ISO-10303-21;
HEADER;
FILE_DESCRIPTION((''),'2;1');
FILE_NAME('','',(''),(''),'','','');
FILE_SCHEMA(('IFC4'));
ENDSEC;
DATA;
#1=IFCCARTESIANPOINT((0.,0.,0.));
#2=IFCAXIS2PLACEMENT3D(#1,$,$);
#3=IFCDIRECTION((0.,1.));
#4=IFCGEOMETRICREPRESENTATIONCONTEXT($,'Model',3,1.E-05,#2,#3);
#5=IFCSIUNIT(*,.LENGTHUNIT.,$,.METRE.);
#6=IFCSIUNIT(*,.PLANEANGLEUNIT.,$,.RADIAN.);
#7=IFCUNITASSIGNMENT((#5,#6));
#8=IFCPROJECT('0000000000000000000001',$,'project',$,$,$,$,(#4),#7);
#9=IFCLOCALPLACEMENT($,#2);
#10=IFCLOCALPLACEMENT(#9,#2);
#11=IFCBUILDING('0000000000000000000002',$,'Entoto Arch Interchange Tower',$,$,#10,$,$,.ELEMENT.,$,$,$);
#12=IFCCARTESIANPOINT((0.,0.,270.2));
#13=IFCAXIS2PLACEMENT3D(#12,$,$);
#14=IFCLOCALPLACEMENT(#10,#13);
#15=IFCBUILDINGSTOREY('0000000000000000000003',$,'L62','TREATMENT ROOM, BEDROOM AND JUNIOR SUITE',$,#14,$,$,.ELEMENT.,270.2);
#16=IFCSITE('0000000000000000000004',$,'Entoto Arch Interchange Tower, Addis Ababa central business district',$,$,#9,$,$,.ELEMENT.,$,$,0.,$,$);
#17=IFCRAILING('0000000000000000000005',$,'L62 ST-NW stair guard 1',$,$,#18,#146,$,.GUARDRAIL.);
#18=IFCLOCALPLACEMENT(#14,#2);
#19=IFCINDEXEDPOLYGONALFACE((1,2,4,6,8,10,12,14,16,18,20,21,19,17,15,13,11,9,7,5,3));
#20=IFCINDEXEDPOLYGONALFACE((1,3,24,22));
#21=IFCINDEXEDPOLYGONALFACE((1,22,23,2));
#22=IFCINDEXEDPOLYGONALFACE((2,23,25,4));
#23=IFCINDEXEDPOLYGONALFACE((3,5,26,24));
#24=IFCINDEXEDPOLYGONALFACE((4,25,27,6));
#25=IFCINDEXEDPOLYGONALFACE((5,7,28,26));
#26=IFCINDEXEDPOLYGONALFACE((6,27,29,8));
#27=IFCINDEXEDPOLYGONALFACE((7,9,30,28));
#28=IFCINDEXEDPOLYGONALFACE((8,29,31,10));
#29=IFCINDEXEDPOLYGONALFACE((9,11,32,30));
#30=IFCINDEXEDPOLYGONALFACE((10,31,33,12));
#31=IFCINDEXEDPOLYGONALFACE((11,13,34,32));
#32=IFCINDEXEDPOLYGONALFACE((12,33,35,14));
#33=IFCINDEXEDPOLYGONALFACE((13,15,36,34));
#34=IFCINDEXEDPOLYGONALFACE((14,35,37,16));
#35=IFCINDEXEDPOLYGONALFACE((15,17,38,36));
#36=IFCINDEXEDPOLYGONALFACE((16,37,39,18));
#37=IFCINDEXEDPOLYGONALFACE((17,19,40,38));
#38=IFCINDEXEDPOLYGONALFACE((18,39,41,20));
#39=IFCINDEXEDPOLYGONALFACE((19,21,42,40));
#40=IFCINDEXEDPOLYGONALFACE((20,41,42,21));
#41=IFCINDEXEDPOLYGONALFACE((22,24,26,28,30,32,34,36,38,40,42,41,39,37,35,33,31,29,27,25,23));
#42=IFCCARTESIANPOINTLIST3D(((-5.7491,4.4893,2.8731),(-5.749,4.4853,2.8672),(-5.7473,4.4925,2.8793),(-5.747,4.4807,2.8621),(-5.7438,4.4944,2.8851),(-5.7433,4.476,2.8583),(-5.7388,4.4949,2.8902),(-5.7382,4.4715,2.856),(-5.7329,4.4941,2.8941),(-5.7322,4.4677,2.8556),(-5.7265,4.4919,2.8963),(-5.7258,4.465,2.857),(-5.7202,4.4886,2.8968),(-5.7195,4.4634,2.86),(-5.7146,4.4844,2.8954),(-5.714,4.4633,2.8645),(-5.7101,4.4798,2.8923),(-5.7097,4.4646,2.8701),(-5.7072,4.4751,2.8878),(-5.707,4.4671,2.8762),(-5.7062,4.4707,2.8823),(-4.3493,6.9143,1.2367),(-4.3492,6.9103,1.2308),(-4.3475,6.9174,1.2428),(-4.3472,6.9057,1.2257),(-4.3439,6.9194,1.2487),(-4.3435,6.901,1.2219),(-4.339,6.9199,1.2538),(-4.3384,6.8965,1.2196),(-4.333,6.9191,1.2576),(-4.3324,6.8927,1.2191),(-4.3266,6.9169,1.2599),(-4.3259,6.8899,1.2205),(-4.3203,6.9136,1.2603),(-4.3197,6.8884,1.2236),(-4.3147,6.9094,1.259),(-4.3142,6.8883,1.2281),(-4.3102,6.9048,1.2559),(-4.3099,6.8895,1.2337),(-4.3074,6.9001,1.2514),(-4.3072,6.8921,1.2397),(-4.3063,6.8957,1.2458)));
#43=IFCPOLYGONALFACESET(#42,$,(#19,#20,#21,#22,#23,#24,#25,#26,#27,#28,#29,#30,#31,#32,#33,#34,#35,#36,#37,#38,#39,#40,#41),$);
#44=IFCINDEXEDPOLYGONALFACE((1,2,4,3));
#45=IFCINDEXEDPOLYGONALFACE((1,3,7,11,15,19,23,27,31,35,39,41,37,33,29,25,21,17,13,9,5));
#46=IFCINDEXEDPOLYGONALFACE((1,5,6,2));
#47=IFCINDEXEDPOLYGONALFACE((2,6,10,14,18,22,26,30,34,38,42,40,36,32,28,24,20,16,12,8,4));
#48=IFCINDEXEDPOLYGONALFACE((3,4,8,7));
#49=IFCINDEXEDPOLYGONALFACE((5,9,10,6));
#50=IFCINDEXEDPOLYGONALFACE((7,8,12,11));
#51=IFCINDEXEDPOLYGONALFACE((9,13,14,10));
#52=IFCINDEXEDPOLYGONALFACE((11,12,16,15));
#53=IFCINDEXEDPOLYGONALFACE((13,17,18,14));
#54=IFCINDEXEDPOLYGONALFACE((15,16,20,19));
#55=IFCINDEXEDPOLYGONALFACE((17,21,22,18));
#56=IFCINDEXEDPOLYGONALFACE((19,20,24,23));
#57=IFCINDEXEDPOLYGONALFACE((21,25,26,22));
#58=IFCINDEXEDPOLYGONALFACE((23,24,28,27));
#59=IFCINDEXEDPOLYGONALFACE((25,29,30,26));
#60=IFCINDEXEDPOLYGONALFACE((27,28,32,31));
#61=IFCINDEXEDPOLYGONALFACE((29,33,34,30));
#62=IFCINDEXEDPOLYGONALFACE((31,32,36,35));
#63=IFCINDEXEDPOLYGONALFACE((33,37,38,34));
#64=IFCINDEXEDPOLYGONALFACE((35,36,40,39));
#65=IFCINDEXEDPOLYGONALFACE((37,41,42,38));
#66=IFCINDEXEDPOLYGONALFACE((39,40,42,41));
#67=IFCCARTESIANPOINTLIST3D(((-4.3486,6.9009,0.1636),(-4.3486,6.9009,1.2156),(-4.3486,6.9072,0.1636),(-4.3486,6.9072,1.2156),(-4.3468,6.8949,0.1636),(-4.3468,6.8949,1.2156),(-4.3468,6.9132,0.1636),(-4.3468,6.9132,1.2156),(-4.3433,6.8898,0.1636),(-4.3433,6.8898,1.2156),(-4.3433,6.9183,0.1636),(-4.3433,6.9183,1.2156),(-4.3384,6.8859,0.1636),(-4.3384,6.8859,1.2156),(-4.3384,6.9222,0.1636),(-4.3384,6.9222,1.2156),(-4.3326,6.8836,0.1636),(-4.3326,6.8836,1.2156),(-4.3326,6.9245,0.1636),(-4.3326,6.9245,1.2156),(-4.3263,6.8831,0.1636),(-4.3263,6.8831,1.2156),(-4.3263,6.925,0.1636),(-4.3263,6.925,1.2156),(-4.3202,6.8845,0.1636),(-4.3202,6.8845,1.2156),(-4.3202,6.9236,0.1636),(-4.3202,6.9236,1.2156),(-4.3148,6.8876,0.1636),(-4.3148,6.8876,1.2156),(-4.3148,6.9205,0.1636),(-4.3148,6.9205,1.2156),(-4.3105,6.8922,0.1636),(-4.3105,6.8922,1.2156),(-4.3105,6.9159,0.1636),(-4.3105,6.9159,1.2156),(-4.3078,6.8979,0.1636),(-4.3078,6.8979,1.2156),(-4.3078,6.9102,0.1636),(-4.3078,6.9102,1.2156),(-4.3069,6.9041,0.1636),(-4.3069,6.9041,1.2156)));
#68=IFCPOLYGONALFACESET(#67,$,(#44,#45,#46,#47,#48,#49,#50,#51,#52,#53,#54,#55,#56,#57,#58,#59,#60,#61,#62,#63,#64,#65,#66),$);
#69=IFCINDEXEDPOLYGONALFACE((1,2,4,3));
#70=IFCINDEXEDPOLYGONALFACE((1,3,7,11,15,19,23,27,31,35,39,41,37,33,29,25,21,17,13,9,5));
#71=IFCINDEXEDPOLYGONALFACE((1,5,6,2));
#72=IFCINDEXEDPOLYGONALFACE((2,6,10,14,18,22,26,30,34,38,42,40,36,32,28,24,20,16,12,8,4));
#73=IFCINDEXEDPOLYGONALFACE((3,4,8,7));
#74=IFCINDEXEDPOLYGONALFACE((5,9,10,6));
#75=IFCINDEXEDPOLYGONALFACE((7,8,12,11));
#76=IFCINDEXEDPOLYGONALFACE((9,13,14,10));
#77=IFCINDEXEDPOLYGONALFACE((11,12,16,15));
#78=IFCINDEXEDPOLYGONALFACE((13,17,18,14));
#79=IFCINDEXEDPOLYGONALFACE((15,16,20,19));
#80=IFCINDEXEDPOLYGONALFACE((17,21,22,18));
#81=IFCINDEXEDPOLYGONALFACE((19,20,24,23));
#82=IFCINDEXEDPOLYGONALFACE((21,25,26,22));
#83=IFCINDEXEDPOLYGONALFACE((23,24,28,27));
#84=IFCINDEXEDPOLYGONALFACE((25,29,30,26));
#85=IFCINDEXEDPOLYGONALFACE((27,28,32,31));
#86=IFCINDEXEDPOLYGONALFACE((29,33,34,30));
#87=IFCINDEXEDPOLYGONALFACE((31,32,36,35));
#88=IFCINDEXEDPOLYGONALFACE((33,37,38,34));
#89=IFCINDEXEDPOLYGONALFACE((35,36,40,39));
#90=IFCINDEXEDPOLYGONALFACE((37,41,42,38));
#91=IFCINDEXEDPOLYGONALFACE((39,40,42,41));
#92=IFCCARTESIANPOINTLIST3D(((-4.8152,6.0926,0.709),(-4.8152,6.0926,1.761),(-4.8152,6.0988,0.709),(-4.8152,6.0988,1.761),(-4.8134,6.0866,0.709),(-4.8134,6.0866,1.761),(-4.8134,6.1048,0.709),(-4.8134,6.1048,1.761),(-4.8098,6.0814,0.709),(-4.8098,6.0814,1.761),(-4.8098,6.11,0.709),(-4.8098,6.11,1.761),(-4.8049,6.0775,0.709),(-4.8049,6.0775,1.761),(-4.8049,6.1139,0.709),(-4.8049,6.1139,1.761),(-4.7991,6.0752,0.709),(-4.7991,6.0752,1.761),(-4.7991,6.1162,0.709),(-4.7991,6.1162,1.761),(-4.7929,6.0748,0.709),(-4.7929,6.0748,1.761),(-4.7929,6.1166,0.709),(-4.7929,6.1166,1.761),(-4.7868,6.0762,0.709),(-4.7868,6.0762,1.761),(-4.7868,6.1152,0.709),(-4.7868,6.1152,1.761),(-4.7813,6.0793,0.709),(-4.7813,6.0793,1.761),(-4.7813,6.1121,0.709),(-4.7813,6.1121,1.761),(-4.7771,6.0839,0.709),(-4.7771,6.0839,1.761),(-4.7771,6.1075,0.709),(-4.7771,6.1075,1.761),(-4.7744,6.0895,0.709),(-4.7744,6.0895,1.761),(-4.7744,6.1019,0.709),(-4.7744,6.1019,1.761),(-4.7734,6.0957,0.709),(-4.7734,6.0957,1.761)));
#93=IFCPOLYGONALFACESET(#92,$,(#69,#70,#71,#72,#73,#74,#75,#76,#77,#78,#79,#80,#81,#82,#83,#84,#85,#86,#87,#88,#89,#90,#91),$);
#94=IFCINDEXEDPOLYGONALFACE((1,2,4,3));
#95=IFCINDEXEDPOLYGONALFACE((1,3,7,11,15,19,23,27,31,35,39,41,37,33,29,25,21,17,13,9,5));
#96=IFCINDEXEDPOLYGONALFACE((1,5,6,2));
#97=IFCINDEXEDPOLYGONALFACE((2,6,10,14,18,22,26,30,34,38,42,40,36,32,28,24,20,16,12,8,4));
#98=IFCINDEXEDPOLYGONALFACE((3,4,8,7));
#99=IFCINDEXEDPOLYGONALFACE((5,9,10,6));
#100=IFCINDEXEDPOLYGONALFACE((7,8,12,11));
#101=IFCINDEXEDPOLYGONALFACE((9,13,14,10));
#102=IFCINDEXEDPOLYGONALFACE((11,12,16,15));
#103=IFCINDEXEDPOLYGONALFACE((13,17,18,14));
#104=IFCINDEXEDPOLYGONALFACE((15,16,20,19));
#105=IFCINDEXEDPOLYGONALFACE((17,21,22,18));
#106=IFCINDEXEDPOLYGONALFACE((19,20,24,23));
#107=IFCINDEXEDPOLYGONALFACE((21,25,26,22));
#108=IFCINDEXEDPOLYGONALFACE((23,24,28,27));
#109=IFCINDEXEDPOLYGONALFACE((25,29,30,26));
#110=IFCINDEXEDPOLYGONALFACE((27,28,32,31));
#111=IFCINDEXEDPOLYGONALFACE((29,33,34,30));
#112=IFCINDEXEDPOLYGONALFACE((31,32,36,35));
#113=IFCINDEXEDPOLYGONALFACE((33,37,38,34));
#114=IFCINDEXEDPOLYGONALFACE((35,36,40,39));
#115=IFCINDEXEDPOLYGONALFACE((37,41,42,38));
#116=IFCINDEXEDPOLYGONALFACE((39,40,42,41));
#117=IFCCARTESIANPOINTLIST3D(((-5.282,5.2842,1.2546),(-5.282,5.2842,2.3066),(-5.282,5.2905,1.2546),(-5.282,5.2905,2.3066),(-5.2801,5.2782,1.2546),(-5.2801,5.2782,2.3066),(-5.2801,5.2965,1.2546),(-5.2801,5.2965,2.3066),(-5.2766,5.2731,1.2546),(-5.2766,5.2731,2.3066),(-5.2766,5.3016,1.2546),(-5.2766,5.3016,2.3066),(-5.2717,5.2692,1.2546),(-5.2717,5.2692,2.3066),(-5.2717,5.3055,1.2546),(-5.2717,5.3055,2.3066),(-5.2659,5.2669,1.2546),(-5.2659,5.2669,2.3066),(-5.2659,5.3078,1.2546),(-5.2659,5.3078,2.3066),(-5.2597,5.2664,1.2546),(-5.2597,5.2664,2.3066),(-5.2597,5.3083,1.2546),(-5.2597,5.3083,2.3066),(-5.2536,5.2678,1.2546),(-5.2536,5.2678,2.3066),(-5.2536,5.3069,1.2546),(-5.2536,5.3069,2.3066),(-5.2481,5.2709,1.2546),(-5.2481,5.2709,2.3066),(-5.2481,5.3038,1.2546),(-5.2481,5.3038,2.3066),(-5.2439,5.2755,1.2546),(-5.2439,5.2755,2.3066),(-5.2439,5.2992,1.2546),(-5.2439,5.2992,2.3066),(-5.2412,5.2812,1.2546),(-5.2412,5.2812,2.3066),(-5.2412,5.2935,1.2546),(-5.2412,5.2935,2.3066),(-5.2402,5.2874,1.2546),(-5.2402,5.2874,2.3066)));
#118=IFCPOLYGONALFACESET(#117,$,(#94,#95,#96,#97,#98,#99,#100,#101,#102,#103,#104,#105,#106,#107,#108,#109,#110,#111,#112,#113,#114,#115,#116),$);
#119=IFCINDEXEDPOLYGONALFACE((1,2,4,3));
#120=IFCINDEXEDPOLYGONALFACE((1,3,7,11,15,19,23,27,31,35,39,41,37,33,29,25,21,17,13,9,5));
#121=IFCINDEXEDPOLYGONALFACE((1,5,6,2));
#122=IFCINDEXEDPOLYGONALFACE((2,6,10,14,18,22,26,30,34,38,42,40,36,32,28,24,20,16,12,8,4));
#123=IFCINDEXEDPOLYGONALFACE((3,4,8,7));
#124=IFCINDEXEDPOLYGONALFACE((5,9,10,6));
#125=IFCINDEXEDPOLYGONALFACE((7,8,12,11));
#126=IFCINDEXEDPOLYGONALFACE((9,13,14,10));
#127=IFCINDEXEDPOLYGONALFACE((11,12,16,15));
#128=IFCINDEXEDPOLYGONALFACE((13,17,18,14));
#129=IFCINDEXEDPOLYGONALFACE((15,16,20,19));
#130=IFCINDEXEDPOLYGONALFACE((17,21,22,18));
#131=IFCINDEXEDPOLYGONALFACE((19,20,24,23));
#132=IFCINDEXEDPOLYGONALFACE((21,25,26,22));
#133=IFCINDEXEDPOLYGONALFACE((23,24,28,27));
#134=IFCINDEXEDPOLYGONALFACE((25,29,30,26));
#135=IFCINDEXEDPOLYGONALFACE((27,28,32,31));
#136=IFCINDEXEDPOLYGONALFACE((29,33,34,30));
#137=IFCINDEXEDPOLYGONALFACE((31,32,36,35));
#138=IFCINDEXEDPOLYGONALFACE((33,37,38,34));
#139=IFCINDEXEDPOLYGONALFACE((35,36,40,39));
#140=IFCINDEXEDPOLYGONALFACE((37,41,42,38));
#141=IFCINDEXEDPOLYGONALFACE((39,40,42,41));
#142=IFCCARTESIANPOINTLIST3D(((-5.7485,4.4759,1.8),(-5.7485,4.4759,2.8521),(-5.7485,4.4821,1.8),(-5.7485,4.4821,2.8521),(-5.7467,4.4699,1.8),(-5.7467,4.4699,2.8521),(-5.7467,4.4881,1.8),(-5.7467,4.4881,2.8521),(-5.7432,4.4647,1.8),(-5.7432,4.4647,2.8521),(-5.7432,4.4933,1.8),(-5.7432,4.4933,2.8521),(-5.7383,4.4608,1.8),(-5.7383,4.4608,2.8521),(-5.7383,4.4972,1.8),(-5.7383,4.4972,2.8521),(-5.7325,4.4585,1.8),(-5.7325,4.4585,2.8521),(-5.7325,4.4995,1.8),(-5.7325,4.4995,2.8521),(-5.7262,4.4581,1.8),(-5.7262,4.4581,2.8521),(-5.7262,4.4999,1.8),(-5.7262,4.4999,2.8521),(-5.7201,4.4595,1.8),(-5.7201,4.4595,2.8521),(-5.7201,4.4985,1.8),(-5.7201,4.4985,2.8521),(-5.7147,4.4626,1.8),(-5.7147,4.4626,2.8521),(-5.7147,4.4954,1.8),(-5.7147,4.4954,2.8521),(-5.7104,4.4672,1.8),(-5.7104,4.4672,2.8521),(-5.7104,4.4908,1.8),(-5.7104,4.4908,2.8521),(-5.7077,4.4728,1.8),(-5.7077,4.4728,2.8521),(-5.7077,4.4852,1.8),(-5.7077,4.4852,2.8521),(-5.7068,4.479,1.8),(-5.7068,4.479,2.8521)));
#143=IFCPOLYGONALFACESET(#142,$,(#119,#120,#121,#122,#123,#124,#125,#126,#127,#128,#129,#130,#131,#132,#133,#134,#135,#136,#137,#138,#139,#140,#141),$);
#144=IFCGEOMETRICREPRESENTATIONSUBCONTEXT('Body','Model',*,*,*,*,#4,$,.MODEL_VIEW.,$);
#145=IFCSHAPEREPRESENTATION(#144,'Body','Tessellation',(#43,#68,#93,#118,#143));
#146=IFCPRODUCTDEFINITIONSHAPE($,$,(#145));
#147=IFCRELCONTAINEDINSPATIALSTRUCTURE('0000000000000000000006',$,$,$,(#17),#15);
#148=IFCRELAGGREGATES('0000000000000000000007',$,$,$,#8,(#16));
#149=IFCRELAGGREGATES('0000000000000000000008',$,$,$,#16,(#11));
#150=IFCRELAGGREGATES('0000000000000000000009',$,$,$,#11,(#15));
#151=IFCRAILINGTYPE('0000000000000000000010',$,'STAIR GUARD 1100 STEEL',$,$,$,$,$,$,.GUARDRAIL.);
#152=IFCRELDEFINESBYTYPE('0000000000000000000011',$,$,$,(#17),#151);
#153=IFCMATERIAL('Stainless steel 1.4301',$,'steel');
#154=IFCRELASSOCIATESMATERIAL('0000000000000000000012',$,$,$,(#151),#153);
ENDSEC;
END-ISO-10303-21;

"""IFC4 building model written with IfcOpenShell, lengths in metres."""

from ifc_helpers import new_model, si_unit, direction, frame, origin, origin_2d, place, context, subcontext, project, spatial, circle, extrude, material, type_object, element, save


model = new_model("IFC4")

# Units and contexts
model_context = context("Model", 3, precision=1e-05, world=origin(), true_north=direction((0.0, 1.0)))
body_context = subcontext(model_context, "Body", "Model", "MODEL_VIEW")
ifc_project = project(units=[si_unit("LENGTHUNIT", "METRE"), si_unit("PLANEANGLEUNIT", "RADIAN")], contexts=[model_context])

# Site, building, storey
site_placement = place(None, origin())
site = spatial("IfcSite", under=ifc_project, at=site_placement, Name="Entoto Arch Interchange Tower, Addis Ababa central business district", CompositionType="ELEMENT", RefElevation=0.0)
building_placement = place(site_placement, origin())
building = spatial("IfcBuilding", under=site, at=building_placement, Name="Entoto Arch Interchange Tower", CompositionType="ELEMENT")
storey_placement = place(building_placement, frame((0.0, 0.0, 270.2)))
storey = spatial("IfcBuildingStorey", under=building, at=storey_placement, Name="L62", Description="TREATMENT ROOM, BEDROOM AND JUNIOR SUITE", CompositionType="ELEMENT", Elevation=270.2)

# Railing
ifc_material_1 = material(Name="Stainless steel 1.4301", Category="steel")
railing_type_1 = type_object("IfcRailingType", Name="STAIR GUARD 1100 STEEL", PredefinedType="GUARDRAIL", material=ifc_material_1)
railing_1_placement = place(storey_placement, frame((-4.3279, 6.9041, 0.1636)))
element("IfcRailing", 1, at=railing_1_placement, inside=storey, type_object=railing_type_1, Name="L62 ST-NW stair guard 1", PredefinedType="GUARDRAIL", context=body_context, shape_type="SweptSolid", body=[
    extrude(circle(Radius=0.0239, at=origin_2d()), frame((0.0, 0.0, 1.0762), z_axis=(-0.431636, -0.747723, 0.504579), x_axis=(0.866056, -0.499946, 0.0)), (0.0, 0.0, 1.0), 3.2432),
    extrude(circle(Radius=0.021, at=origin_2d()), origin(), (0.0, 0.0, 1.0), 1.052),
    extrude(circle(Radius=0.021, at=origin_2d()), frame((-0.4666, -0.8083, 0.5454)), (0.0, 0.0, 1.0), 1.052),
    extrude(circle(Radius=0.021, at=origin_2d()), frame((-0.9333, -1.6167, 1.0911)), (0.0, 0.0, 1.0), 1.052),
    extrude(circle(Radius=0.021, at=origin_2d()), frame((-1.3999, -2.425, 1.6365)), (0.0, 0.0, 1.0), 1.052),
])

save(model, "model.ifc")
